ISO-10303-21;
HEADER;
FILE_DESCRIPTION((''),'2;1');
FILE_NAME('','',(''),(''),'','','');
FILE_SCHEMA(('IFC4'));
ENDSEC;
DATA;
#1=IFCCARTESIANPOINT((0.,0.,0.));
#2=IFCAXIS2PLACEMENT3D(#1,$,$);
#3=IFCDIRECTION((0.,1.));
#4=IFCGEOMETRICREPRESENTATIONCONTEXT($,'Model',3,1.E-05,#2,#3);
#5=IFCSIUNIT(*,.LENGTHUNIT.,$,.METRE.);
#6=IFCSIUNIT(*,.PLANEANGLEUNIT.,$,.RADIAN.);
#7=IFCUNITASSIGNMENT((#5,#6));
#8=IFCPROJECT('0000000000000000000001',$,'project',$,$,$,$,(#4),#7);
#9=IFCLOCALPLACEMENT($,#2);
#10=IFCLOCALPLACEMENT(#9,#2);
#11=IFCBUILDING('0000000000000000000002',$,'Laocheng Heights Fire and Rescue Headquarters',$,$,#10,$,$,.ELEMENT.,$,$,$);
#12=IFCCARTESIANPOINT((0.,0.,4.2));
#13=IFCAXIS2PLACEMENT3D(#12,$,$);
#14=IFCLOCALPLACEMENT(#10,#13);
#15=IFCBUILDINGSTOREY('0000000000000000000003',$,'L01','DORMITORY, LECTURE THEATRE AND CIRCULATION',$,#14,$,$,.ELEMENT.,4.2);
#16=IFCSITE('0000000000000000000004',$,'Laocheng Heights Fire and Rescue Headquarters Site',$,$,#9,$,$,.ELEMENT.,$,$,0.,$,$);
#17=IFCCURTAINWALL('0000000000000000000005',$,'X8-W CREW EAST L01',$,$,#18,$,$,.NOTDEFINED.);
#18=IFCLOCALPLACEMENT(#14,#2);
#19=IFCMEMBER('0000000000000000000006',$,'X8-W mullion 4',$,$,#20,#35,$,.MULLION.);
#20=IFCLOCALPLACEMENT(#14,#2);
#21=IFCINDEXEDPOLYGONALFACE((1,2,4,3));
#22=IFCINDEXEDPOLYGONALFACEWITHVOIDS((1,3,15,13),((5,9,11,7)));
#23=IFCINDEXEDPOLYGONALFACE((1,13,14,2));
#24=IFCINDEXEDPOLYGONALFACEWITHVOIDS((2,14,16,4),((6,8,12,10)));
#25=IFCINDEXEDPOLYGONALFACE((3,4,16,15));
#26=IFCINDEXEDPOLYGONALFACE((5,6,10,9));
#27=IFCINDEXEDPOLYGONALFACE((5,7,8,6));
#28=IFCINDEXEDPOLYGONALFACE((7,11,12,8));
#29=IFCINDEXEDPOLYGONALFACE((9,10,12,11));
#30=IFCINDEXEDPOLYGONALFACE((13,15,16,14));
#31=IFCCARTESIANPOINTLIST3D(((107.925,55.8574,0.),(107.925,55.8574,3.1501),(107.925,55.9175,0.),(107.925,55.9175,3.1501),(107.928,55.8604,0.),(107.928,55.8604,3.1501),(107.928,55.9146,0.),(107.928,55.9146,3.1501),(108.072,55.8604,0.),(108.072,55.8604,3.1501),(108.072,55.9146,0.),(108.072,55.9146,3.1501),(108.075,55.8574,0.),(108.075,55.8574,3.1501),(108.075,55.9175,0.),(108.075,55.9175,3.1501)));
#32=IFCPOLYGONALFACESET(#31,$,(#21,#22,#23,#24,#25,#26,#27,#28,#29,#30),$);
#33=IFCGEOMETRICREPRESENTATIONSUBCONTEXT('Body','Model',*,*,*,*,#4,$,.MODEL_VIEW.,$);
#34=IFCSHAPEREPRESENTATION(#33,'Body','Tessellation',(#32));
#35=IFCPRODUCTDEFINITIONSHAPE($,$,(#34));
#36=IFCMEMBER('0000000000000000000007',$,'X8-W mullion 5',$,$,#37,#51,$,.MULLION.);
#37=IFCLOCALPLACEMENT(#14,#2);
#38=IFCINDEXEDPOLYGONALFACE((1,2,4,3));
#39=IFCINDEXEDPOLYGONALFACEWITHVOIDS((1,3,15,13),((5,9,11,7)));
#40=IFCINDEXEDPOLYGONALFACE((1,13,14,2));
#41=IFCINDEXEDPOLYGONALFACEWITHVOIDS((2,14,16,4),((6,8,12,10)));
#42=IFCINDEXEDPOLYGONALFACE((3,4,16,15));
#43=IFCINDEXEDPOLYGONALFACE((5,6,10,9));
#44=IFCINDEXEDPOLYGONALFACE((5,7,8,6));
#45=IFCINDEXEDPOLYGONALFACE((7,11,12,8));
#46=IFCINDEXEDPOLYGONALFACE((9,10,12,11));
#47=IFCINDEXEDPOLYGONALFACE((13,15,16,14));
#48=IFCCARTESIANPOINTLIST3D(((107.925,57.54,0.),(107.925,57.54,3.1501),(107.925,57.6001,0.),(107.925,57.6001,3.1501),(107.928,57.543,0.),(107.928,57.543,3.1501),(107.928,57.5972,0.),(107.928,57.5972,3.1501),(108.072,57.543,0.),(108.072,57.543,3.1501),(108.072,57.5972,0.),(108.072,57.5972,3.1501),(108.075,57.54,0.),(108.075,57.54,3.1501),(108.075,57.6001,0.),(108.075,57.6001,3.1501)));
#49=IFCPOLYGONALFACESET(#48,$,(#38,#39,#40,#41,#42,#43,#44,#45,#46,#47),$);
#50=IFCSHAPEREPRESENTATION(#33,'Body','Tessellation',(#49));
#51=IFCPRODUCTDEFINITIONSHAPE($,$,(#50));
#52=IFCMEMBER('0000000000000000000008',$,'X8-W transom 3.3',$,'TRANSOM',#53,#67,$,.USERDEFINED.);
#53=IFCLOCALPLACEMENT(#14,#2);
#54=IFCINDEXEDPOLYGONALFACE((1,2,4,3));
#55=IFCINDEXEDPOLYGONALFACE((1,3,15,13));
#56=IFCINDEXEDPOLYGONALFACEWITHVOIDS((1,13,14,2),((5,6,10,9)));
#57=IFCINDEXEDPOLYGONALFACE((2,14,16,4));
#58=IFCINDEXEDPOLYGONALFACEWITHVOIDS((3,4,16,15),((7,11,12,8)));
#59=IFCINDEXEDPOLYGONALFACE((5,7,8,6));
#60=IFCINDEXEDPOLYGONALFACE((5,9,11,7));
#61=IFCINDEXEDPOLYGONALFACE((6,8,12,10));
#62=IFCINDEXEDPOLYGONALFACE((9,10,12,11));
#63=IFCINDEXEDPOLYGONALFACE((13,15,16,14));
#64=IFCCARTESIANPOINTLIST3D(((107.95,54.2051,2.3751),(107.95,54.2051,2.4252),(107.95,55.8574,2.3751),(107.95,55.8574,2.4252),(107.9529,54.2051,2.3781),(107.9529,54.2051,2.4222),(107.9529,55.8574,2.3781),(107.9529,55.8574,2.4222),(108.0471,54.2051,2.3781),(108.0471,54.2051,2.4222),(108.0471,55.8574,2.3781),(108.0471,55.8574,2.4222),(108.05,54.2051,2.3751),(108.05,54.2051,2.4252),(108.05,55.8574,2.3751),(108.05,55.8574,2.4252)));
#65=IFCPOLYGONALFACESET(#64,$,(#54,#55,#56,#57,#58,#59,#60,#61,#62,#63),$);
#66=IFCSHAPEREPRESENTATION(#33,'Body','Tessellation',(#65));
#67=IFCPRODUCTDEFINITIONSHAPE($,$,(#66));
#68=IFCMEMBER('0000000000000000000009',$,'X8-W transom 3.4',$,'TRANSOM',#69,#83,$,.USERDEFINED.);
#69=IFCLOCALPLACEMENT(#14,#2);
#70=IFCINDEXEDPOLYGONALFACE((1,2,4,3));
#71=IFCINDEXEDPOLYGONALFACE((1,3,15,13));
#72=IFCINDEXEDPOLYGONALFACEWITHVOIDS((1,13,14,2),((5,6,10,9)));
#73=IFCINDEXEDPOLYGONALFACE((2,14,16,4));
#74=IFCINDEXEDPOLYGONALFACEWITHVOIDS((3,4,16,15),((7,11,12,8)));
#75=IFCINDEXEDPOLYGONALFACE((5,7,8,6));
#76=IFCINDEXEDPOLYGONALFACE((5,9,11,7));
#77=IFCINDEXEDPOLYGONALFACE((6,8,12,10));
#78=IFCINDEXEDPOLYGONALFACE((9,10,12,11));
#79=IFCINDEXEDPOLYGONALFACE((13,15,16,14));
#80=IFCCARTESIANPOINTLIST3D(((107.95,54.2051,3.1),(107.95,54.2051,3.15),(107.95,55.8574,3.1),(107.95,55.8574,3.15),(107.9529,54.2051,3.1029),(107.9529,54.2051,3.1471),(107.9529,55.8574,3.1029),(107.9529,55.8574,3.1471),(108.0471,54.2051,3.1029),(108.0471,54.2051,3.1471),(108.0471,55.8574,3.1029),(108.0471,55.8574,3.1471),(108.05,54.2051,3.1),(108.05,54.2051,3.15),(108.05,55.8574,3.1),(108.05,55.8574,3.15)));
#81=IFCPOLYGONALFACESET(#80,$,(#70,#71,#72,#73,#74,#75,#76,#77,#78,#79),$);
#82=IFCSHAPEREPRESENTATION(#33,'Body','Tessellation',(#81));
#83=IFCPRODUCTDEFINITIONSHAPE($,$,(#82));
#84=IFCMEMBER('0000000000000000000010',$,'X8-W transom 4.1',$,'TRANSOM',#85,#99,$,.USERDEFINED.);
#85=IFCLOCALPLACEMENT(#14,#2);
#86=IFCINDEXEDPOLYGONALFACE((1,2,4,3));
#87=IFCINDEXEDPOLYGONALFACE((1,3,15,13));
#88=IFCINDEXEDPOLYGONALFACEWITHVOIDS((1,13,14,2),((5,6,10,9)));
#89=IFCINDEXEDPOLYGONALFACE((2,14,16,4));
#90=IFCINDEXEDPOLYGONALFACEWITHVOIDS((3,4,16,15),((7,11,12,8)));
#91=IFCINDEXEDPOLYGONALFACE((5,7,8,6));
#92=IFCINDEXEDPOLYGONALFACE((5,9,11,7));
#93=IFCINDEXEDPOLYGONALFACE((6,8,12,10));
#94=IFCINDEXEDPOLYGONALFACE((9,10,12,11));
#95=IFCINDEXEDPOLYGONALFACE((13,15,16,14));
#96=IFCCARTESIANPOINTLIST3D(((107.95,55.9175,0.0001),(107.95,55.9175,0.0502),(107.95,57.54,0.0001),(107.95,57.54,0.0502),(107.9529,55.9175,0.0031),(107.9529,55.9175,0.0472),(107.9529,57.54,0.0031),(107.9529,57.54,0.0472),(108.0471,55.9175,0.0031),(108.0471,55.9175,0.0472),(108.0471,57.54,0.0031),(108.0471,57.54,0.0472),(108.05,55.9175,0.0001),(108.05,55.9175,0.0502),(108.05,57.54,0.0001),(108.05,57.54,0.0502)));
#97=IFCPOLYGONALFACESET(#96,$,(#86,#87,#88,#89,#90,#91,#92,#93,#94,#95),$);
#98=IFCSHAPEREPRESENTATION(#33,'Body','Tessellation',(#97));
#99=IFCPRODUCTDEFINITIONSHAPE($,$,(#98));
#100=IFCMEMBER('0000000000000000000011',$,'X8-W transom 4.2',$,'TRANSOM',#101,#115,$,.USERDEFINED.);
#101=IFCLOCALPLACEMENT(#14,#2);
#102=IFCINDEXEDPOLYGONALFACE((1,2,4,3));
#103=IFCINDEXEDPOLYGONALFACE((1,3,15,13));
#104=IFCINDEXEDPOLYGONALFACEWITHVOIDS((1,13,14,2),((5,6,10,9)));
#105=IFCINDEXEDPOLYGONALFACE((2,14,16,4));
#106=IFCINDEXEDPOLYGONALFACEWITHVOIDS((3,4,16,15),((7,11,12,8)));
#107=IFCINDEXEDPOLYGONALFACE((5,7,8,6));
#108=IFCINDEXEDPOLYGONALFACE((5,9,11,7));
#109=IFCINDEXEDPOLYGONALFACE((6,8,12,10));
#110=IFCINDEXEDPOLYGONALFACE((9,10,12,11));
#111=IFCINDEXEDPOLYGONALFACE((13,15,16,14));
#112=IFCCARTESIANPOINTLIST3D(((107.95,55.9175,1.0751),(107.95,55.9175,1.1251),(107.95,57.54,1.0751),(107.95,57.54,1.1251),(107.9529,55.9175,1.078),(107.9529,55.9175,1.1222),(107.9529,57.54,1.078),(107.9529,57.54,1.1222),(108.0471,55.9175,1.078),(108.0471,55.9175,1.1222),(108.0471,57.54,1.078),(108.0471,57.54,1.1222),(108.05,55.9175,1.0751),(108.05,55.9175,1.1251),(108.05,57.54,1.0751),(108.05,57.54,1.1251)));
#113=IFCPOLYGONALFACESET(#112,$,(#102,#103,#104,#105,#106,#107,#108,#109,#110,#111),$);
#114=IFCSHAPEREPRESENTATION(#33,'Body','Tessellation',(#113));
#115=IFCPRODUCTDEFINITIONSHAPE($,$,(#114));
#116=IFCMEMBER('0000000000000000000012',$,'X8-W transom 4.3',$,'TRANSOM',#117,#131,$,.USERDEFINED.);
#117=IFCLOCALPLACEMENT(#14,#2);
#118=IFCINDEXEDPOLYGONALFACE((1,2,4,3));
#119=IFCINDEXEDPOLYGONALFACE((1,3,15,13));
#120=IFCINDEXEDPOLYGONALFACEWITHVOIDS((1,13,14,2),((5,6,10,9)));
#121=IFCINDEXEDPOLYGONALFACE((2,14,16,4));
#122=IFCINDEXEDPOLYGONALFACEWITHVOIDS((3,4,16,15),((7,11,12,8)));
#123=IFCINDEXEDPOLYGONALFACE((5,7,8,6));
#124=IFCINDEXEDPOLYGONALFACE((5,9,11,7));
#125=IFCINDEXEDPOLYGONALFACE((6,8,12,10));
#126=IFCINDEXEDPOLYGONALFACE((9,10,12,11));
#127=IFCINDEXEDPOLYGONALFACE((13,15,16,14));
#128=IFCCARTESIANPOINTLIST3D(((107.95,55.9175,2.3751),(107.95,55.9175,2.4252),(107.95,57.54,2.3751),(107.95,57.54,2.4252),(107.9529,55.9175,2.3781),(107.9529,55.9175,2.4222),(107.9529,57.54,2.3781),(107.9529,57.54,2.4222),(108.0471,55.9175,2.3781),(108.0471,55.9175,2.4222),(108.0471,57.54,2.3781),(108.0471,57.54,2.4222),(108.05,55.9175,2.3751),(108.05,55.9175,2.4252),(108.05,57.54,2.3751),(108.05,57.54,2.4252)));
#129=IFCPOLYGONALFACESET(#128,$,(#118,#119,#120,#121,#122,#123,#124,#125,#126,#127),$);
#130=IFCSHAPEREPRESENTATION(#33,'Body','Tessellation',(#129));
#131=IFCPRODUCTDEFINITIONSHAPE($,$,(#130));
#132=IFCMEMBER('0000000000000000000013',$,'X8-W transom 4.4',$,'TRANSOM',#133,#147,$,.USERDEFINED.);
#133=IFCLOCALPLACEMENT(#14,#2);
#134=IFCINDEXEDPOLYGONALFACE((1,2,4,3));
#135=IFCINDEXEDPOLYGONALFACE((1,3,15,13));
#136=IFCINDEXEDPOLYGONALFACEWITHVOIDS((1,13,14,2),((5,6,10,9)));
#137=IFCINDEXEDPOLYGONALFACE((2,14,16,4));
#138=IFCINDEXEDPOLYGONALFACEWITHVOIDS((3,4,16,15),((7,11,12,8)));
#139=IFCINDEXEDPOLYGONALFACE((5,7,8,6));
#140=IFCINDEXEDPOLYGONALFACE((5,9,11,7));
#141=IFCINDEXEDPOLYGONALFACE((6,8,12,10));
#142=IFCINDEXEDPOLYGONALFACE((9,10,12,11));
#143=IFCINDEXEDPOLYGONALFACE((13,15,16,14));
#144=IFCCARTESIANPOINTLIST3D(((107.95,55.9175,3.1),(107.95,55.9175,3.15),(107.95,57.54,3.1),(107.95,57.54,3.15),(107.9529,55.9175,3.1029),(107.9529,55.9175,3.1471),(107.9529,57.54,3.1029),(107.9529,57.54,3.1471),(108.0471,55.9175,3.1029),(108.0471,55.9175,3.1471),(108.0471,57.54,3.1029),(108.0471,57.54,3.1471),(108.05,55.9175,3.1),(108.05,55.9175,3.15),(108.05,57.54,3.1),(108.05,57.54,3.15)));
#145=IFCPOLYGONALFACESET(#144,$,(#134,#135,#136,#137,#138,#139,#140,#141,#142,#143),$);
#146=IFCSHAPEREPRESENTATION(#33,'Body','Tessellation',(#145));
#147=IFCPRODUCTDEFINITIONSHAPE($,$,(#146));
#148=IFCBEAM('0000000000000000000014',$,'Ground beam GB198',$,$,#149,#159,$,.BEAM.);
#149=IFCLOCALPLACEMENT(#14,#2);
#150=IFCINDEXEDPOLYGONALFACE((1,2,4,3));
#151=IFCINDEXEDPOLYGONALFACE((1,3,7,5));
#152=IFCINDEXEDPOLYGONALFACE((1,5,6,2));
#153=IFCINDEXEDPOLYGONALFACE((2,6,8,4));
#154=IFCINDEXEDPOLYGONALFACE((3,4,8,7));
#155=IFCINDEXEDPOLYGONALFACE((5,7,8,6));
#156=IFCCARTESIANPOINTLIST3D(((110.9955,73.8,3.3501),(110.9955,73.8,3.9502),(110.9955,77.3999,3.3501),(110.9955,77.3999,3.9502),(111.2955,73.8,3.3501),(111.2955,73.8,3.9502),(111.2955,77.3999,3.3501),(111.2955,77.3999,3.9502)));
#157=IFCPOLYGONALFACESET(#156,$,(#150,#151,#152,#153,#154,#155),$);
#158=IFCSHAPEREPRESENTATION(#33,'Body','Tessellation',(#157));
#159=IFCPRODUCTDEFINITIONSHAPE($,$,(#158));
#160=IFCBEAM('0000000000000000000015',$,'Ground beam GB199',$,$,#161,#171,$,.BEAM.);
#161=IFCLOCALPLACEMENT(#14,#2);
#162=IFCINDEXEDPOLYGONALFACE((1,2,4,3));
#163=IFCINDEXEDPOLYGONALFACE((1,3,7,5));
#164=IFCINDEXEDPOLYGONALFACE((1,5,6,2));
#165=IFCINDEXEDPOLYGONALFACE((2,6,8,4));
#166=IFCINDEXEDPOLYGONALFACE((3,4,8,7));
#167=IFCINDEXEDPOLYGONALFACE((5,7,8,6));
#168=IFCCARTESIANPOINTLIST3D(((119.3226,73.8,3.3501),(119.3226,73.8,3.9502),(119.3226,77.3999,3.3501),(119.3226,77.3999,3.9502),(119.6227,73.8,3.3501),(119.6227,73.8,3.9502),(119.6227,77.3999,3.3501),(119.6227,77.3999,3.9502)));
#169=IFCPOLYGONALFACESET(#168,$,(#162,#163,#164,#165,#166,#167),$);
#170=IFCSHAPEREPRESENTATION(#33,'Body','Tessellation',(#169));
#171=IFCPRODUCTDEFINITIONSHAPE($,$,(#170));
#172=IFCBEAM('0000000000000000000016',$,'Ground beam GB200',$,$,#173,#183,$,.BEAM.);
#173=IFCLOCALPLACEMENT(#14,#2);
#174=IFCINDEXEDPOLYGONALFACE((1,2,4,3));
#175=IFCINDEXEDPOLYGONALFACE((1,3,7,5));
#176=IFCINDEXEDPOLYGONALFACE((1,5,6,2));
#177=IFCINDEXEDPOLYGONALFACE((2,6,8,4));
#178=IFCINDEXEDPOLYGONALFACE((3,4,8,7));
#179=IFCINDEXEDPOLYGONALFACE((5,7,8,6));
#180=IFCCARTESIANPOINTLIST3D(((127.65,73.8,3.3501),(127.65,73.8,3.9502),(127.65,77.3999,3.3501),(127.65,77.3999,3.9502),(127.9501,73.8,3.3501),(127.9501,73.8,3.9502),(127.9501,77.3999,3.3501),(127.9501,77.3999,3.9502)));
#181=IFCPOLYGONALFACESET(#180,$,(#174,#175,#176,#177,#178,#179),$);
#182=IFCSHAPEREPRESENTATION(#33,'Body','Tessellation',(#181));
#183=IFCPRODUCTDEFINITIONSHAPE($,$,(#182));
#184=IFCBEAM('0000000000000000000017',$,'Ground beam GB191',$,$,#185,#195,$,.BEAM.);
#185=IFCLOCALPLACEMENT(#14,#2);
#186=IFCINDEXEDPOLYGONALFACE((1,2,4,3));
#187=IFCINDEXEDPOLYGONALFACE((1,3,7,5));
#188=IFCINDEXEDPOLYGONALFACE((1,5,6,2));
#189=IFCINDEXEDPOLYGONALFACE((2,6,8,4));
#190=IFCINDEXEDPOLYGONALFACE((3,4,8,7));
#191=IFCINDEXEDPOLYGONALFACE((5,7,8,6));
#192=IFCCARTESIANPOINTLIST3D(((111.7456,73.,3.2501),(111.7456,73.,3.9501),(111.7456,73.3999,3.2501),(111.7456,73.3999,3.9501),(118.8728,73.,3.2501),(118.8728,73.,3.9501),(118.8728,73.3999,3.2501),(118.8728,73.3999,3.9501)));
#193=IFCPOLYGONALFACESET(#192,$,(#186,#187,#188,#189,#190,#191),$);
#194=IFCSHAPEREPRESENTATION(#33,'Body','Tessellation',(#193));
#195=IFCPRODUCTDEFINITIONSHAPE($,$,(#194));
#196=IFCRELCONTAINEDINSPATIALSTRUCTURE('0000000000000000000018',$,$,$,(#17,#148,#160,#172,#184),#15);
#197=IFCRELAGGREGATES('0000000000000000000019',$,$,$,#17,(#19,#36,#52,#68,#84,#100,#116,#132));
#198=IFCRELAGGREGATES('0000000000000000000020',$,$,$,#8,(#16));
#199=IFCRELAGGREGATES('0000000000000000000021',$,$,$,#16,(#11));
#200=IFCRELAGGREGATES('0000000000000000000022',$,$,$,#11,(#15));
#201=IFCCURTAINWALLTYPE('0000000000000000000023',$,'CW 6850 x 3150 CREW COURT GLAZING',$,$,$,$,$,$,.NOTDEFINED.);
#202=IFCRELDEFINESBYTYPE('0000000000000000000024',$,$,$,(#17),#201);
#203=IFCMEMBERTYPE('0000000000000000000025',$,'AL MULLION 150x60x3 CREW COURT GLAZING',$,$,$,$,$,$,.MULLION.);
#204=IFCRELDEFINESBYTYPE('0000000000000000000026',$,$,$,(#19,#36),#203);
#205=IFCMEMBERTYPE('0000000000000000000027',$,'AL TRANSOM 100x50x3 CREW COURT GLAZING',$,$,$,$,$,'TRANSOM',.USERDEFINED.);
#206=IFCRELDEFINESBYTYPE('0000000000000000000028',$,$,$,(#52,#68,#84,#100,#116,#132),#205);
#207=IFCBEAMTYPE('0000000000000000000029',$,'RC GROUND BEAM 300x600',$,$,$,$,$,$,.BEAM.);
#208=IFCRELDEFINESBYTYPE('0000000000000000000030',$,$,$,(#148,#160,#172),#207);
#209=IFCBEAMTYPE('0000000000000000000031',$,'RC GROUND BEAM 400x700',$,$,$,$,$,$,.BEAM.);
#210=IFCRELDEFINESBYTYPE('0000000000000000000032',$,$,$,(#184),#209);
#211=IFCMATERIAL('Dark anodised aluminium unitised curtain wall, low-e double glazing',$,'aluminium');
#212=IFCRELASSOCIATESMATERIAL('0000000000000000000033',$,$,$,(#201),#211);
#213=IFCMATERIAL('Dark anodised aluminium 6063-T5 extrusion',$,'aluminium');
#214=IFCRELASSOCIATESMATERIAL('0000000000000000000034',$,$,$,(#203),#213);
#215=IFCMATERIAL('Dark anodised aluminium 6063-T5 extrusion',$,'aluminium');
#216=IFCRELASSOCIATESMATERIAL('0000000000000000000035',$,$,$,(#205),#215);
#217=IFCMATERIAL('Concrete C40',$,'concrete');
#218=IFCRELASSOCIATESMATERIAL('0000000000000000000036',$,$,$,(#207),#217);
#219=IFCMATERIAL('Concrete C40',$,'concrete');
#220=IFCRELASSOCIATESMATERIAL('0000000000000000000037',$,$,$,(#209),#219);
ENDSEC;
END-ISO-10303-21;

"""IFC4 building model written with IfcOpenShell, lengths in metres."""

from ifc_helpers import new_model, si_unit, direction, frame, origin, origin_2d, place, context, subcontext, project, spatial, rectangle, hollow_rectangle, extrude, material, material_profile, profile_set, type_object, element, aggregate, save


model = new_model("IFC4")

# Units and contexts
model_context = context("Model", 3, precision=1e-05, world=origin(), true_north=direction((0.0, 1.0)))
body_context = subcontext(model_context, "Body", "Model", "MODEL_VIEW")
ifc_project = project(units=[si_unit("LENGTHUNIT", "METRE"), si_unit("PLANEANGLEUNIT", "RADIAN")], contexts=[model_context])

# Site, building, storey
site_placement = place(None, origin())
site = spatial("IfcSite", under=ifc_project, at=site_placement, Name="Laocheng Heights Fire and Rescue Headquarters Site", CompositionType="ELEMENT", RefElevation=0.0)
building_placement = place(site_placement, origin())
building = spatial("IfcBuilding", under=site, at=building_placement, Name="Laocheng Heights Fire and Rescue Headquarters", CompositionType="ELEMENT")
storey_placement = place(building_placement, frame((0.0, 0.0, 4.2)))
storey = spatial("IfcBuildingStorey", under=building, at=storey_placement, Name="L01", Description="DORMITORY, LECTURE THEATRE AND CIRCULATION", CompositionType="ELEMENT", Elevation=4.2)

# Curtain wall, members
ifc_material_1 = material(Name="Dark anodised aluminium unitised curtain wall, low-e double glazing", Category="aluminium")
curtain_wall_type = type_object("IfcCurtainWallType", Name="CW 6850 x 3150 CREW COURT GLAZING", PredefinedType="NOTDEFINED", material=ifc_material_1)
curtain_wall_placement = place(storey_placement, origin())
curtain_wall = element("IfcCurtainWall", 1, at=curtain_wall_placement, inside=storey, type_object=curtain_wall_type, Name="X8-W CREW EAST L01", PredefinedType="NOTDEFINED")
ifc_material_2 = material(Name="Dark anodised aluminium 6063-T5 extrusion", Category="aluminium")
ifc_material_profile_1 = material_profile(ifc_material_2, hollow_rectangle(XDim=0.1499, YDim=0.0601, WallThickness=0.0029, at=origin_2d()), Name="AL MULLION 150x60x3 CREW COURT GLAZING")
ifc_profile_set_1 = profile_set([ifc_material_profile_1], Name="Dark anodised aluminium 6063-T5 extrusion")
member_type_1 = type_object("IfcMemberType", Name="AL MULLION 150x60x3 CREW COURT GLAZING", PredefinedType="MULLION", material=ifc_profile_set_1)
member_1_placement = place(storey_placement, frame((108.0, 55.8875, 0.0), z_axis=(0.0, 0.0, 1.0), x_axis=(-1.0, 0.0, 0.0)))
member_1 = element("IfcMember", 2, at=member_1_placement, type_object=member_type_1, Name="X8-W mullion 4", PredefinedType="MULLION", context=body_context, shape_type="SweptSolid", body=[
    extrude(hollow_rectangle(XDim=0.1499, YDim=0.0601, WallThickness=0.0029, at=origin_2d()), origin(), (0.0, 0.0, 1.0), 3.1501),
])
member_2_placement = place(storey_placement, frame((108.0, 57.5701, 0.0), z_axis=(0.0, 0.0, 1.0), x_axis=(-1.0, 0.0, 0.0)))
member_2 = element("IfcMember", 3, at=member_2_placement, type_object=member_type_1, Name="X8-W mullion 5", PredefinedType="MULLION", context=body_context, shape_type="SweptSolid", body=[
    extrude(hollow_rectangle(XDim=0.1499, YDim=0.0601, WallThickness=0.0029, at=origin_2d()), origin(), (0.0, 0.0, 1.0), 3.1501),
])
ifc_material_3 = material(Name="Dark anodised aluminium 6063-T5 extrusion", Category="aluminium")
ifc_material_profile_2 = material_profile(ifc_material_3, hollow_rectangle(XDim=0.1001, YDim=0.05, WallThickness=0.0029, at=origin_2d()), Name="AL TRANSOM 100x50x3 CREW COURT GLAZING")
ifc_profile_set_2 = profile_set([ifc_material_profile_2], Name="Dark anodised aluminium 6063-T5 extrusion")
member_type_2 = type_object("IfcMemberType", Name="AL TRANSOM 100x50x3 CREW COURT GLAZING", ElementType="TRANSOM", PredefinedType="USERDEFINED", material=ifc_profile_set_2)
member_3_placement = place(storey_placement, frame((108.0, 54.2051, 2.4001), z_axis=(0.0, 1.0, 0.0), x_axis=(-1.0, 0.0, 0.0)))
member_3 = element("IfcMember", 4, at=member_3_placement, type_object=member_type_2, Name="X8-W transom 3.3", ObjectType="TRANSOM", PredefinedType="USERDEFINED", context=body_context, shape_type="SweptSolid", body=[
    extrude(hollow_rectangle(XDim=0.1001, YDim=0.05, WallThickness=0.0029, at=origin_2d()), origin(), (0.0, 0.0, 1.0), 1.6523),
])
member_4_placement = place(storey_placement, frame((108.0, 54.2051, 3.125), z_axis=(0.0, 1.0, 0.0), x_axis=(-1.0, 0.0, 0.0)))
member_4 = element("IfcMember", 5, at=member_4_placement, type_object=member_type_2, Name="X8-W transom 3.4", ObjectType="TRANSOM", PredefinedType="USERDEFINED", context=body_context, shape_type="SweptSolid", body=[
    extrude(hollow_rectangle(XDim=0.1001, YDim=0.05, WallThickness=0.0029, at=origin_2d()), origin(), (0.0, 0.0, 1.0), 1.6523),
])
member_5_placement = place(storey_placement, frame((108.0, 55.9175, 0.0251), z_axis=(0.0, 1.0, 0.0), x_axis=(-1.0, 0.0, 0.0)))
member_5 = element("IfcMember", 6, at=member_5_placement, type_object=member_type_2, Name="X8-W transom 4.1", ObjectType="TRANSOM", PredefinedType="USERDEFINED", context=body_context, shape_type="SweptSolid", body=[
    extrude(hollow_rectangle(XDim=0.1001, YDim=0.05, WallThickness=0.0029, at=origin_2d()), origin(), (0.0, 0.0, 1.0), 1.6226),
])
member_6_placement = place(storey_placement, frame((108.0, 55.9175, 1.1001), z_axis=(0.0, 1.0, 0.0), x_axis=(-1.0, 0.0, 0.0)))
member_6 = element("IfcMember", 7, at=member_6_placement, type_object=member_type_2, Name="X8-W transom 4.2", ObjectType="TRANSOM", PredefinedType="USERDEFINED", context=body_context, shape_type="SweptSolid", body=[
    extrude(hollow_rectangle(XDim=0.1001, YDim=0.05, WallThickness=0.0029, at=origin_2d()), origin(), (0.0, 0.0, 1.0), 1.6226),
])
member_7_placement = place(storey_placement, frame((108.0, 55.9175, 2.4001), z_axis=(0.0, 1.0, 0.0), x_axis=(-1.0, 0.0, 0.0)))
member_7 = element("IfcMember", 8, at=member_7_placement, type_object=member_type_2, Name="X8-W transom 4.3", ObjectType="TRANSOM", PredefinedType="USERDEFINED", context=body_context, shape_type="SweptSolid", body=[
    extrude(hollow_rectangle(XDim=0.1001, YDim=0.05, WallThickness=0.0029, at=origin_2d()), origin(), (0.0, 0.0, 1.0), 1.6226),
])
member_8_placement = place(storey_placement, frame((108.0, 55.9175, 3.125), z_axis=(0.0, 1.0, 0.0), x_axis=(-1.0, 0.0, 0.0)))
member_8 = element("IfcMember", 9, at=member_8_placement, type_object=member_type_2, Name="X8-W transom 4.4", ObjectType="TRANSOM", PredefinedType="USERDEFINED", context=body_context, shape_type="SweptSolid", body=[
    extrude(hollow_rectangle(XDim=0.1001, YDim=0.05, WallThickness=0.0029, at=origin_2d()), origin(), (0.0, 0.0, 1.0), 1.6226),
])

# Beams
ifc_material_4 = material(Name="Concrete C40", Category="concrete")
ifc_material_profile_3 = material_profile(ifc_material_4, rectangle(XDim=0.3, YDim=0.6001, at=origin_2d()), Name="RC GROUND BEAM 300x600")
ifc_profile_set_3 = profile_set([ifc_material_profile_3], Name="Concrete C40")
beam_type_1 = type_object("IfcBeamType", Name="RC GROUND BEAM 300x600", PredefinedType="BEAM", material=ifc_profile_set_3)
for number, where, z_axis, x_axis, name in (
    (10, (111.1455, 73.8, 3.6501), (0.0, 1.0, 0.0), (-1.0, 0.0, 0.0), "Ground beam GB198"),
    (11, (119.4727, 73.8, 3.6501), (0.0, 1.0, 0.0), (-1.0, 0.0, 0.0), "Ground beam GB199"),
    (12, (127.8, 73.8, 3.6501), (0.0, 1.0, 0.0), (-1.0, 0.0, 0.0), "Ground beam GB200"),
):
    element("IfcBeam", number, at=place(storey_placement, frame(where, z_axis=z_axis, x_axis=x_axis)), inside=storey, type_object=beam_type_1, Name=name, PredefinedType="BEAM", context=body_context, shape_type="SweptSolid", body=[
        extrude(rectangle(XDim=0.3, YDim=0.6001, at=origin_2d()), origin(), (0.0, 0.0, 1.0), 3.5999),
    ])
ifc_material_5 = material(Name="Concrete C40", Category="concrete")
ifc_material_profile_4 = material_profile(ifc_material_5, rectangle(XDim=0.3999, YDim=0.7, at=origin_2d()), Name="RC GROUND BEAM 400x700")
ifc_profile_set_4 = profile_set([ifc_material_profile_4], Name="Concrete C40")
beam_type_2 = type_object("IfcBeamType", Name="RC GROUND BEAM 400x700", PredefinedType="BEAM", material=ifc_profile_set_4)
for number, where, z_axis, x_axis, name in (
    (13, (111.7456, 73.2, 3.6001), (1.0, 0.0, 0.0), (0.0, 1.0, 0.0), "Ground beam GB191"),
):
    element("IfcBeam", number, at=place(storey_placement, frame(where, z_axis=z_axis, x_axis=x_axis)), inside=storey, type_object=beam_type_2, Name=name, PredefinedType="BEAM", context=body_context, shape_type="SweptSolid", body=[
        extrude(rectangle(XDim=0.3999, YDim=0.7, at=origin_2d()), origin(), (0.0, 0.0, 1.0), 7.1272),
    ])

aggregate(curtain_wall, [member_1, member_2, member_3, member_4, member_5, member_6, member_7, member_8])

save(model, "model.ifc")
